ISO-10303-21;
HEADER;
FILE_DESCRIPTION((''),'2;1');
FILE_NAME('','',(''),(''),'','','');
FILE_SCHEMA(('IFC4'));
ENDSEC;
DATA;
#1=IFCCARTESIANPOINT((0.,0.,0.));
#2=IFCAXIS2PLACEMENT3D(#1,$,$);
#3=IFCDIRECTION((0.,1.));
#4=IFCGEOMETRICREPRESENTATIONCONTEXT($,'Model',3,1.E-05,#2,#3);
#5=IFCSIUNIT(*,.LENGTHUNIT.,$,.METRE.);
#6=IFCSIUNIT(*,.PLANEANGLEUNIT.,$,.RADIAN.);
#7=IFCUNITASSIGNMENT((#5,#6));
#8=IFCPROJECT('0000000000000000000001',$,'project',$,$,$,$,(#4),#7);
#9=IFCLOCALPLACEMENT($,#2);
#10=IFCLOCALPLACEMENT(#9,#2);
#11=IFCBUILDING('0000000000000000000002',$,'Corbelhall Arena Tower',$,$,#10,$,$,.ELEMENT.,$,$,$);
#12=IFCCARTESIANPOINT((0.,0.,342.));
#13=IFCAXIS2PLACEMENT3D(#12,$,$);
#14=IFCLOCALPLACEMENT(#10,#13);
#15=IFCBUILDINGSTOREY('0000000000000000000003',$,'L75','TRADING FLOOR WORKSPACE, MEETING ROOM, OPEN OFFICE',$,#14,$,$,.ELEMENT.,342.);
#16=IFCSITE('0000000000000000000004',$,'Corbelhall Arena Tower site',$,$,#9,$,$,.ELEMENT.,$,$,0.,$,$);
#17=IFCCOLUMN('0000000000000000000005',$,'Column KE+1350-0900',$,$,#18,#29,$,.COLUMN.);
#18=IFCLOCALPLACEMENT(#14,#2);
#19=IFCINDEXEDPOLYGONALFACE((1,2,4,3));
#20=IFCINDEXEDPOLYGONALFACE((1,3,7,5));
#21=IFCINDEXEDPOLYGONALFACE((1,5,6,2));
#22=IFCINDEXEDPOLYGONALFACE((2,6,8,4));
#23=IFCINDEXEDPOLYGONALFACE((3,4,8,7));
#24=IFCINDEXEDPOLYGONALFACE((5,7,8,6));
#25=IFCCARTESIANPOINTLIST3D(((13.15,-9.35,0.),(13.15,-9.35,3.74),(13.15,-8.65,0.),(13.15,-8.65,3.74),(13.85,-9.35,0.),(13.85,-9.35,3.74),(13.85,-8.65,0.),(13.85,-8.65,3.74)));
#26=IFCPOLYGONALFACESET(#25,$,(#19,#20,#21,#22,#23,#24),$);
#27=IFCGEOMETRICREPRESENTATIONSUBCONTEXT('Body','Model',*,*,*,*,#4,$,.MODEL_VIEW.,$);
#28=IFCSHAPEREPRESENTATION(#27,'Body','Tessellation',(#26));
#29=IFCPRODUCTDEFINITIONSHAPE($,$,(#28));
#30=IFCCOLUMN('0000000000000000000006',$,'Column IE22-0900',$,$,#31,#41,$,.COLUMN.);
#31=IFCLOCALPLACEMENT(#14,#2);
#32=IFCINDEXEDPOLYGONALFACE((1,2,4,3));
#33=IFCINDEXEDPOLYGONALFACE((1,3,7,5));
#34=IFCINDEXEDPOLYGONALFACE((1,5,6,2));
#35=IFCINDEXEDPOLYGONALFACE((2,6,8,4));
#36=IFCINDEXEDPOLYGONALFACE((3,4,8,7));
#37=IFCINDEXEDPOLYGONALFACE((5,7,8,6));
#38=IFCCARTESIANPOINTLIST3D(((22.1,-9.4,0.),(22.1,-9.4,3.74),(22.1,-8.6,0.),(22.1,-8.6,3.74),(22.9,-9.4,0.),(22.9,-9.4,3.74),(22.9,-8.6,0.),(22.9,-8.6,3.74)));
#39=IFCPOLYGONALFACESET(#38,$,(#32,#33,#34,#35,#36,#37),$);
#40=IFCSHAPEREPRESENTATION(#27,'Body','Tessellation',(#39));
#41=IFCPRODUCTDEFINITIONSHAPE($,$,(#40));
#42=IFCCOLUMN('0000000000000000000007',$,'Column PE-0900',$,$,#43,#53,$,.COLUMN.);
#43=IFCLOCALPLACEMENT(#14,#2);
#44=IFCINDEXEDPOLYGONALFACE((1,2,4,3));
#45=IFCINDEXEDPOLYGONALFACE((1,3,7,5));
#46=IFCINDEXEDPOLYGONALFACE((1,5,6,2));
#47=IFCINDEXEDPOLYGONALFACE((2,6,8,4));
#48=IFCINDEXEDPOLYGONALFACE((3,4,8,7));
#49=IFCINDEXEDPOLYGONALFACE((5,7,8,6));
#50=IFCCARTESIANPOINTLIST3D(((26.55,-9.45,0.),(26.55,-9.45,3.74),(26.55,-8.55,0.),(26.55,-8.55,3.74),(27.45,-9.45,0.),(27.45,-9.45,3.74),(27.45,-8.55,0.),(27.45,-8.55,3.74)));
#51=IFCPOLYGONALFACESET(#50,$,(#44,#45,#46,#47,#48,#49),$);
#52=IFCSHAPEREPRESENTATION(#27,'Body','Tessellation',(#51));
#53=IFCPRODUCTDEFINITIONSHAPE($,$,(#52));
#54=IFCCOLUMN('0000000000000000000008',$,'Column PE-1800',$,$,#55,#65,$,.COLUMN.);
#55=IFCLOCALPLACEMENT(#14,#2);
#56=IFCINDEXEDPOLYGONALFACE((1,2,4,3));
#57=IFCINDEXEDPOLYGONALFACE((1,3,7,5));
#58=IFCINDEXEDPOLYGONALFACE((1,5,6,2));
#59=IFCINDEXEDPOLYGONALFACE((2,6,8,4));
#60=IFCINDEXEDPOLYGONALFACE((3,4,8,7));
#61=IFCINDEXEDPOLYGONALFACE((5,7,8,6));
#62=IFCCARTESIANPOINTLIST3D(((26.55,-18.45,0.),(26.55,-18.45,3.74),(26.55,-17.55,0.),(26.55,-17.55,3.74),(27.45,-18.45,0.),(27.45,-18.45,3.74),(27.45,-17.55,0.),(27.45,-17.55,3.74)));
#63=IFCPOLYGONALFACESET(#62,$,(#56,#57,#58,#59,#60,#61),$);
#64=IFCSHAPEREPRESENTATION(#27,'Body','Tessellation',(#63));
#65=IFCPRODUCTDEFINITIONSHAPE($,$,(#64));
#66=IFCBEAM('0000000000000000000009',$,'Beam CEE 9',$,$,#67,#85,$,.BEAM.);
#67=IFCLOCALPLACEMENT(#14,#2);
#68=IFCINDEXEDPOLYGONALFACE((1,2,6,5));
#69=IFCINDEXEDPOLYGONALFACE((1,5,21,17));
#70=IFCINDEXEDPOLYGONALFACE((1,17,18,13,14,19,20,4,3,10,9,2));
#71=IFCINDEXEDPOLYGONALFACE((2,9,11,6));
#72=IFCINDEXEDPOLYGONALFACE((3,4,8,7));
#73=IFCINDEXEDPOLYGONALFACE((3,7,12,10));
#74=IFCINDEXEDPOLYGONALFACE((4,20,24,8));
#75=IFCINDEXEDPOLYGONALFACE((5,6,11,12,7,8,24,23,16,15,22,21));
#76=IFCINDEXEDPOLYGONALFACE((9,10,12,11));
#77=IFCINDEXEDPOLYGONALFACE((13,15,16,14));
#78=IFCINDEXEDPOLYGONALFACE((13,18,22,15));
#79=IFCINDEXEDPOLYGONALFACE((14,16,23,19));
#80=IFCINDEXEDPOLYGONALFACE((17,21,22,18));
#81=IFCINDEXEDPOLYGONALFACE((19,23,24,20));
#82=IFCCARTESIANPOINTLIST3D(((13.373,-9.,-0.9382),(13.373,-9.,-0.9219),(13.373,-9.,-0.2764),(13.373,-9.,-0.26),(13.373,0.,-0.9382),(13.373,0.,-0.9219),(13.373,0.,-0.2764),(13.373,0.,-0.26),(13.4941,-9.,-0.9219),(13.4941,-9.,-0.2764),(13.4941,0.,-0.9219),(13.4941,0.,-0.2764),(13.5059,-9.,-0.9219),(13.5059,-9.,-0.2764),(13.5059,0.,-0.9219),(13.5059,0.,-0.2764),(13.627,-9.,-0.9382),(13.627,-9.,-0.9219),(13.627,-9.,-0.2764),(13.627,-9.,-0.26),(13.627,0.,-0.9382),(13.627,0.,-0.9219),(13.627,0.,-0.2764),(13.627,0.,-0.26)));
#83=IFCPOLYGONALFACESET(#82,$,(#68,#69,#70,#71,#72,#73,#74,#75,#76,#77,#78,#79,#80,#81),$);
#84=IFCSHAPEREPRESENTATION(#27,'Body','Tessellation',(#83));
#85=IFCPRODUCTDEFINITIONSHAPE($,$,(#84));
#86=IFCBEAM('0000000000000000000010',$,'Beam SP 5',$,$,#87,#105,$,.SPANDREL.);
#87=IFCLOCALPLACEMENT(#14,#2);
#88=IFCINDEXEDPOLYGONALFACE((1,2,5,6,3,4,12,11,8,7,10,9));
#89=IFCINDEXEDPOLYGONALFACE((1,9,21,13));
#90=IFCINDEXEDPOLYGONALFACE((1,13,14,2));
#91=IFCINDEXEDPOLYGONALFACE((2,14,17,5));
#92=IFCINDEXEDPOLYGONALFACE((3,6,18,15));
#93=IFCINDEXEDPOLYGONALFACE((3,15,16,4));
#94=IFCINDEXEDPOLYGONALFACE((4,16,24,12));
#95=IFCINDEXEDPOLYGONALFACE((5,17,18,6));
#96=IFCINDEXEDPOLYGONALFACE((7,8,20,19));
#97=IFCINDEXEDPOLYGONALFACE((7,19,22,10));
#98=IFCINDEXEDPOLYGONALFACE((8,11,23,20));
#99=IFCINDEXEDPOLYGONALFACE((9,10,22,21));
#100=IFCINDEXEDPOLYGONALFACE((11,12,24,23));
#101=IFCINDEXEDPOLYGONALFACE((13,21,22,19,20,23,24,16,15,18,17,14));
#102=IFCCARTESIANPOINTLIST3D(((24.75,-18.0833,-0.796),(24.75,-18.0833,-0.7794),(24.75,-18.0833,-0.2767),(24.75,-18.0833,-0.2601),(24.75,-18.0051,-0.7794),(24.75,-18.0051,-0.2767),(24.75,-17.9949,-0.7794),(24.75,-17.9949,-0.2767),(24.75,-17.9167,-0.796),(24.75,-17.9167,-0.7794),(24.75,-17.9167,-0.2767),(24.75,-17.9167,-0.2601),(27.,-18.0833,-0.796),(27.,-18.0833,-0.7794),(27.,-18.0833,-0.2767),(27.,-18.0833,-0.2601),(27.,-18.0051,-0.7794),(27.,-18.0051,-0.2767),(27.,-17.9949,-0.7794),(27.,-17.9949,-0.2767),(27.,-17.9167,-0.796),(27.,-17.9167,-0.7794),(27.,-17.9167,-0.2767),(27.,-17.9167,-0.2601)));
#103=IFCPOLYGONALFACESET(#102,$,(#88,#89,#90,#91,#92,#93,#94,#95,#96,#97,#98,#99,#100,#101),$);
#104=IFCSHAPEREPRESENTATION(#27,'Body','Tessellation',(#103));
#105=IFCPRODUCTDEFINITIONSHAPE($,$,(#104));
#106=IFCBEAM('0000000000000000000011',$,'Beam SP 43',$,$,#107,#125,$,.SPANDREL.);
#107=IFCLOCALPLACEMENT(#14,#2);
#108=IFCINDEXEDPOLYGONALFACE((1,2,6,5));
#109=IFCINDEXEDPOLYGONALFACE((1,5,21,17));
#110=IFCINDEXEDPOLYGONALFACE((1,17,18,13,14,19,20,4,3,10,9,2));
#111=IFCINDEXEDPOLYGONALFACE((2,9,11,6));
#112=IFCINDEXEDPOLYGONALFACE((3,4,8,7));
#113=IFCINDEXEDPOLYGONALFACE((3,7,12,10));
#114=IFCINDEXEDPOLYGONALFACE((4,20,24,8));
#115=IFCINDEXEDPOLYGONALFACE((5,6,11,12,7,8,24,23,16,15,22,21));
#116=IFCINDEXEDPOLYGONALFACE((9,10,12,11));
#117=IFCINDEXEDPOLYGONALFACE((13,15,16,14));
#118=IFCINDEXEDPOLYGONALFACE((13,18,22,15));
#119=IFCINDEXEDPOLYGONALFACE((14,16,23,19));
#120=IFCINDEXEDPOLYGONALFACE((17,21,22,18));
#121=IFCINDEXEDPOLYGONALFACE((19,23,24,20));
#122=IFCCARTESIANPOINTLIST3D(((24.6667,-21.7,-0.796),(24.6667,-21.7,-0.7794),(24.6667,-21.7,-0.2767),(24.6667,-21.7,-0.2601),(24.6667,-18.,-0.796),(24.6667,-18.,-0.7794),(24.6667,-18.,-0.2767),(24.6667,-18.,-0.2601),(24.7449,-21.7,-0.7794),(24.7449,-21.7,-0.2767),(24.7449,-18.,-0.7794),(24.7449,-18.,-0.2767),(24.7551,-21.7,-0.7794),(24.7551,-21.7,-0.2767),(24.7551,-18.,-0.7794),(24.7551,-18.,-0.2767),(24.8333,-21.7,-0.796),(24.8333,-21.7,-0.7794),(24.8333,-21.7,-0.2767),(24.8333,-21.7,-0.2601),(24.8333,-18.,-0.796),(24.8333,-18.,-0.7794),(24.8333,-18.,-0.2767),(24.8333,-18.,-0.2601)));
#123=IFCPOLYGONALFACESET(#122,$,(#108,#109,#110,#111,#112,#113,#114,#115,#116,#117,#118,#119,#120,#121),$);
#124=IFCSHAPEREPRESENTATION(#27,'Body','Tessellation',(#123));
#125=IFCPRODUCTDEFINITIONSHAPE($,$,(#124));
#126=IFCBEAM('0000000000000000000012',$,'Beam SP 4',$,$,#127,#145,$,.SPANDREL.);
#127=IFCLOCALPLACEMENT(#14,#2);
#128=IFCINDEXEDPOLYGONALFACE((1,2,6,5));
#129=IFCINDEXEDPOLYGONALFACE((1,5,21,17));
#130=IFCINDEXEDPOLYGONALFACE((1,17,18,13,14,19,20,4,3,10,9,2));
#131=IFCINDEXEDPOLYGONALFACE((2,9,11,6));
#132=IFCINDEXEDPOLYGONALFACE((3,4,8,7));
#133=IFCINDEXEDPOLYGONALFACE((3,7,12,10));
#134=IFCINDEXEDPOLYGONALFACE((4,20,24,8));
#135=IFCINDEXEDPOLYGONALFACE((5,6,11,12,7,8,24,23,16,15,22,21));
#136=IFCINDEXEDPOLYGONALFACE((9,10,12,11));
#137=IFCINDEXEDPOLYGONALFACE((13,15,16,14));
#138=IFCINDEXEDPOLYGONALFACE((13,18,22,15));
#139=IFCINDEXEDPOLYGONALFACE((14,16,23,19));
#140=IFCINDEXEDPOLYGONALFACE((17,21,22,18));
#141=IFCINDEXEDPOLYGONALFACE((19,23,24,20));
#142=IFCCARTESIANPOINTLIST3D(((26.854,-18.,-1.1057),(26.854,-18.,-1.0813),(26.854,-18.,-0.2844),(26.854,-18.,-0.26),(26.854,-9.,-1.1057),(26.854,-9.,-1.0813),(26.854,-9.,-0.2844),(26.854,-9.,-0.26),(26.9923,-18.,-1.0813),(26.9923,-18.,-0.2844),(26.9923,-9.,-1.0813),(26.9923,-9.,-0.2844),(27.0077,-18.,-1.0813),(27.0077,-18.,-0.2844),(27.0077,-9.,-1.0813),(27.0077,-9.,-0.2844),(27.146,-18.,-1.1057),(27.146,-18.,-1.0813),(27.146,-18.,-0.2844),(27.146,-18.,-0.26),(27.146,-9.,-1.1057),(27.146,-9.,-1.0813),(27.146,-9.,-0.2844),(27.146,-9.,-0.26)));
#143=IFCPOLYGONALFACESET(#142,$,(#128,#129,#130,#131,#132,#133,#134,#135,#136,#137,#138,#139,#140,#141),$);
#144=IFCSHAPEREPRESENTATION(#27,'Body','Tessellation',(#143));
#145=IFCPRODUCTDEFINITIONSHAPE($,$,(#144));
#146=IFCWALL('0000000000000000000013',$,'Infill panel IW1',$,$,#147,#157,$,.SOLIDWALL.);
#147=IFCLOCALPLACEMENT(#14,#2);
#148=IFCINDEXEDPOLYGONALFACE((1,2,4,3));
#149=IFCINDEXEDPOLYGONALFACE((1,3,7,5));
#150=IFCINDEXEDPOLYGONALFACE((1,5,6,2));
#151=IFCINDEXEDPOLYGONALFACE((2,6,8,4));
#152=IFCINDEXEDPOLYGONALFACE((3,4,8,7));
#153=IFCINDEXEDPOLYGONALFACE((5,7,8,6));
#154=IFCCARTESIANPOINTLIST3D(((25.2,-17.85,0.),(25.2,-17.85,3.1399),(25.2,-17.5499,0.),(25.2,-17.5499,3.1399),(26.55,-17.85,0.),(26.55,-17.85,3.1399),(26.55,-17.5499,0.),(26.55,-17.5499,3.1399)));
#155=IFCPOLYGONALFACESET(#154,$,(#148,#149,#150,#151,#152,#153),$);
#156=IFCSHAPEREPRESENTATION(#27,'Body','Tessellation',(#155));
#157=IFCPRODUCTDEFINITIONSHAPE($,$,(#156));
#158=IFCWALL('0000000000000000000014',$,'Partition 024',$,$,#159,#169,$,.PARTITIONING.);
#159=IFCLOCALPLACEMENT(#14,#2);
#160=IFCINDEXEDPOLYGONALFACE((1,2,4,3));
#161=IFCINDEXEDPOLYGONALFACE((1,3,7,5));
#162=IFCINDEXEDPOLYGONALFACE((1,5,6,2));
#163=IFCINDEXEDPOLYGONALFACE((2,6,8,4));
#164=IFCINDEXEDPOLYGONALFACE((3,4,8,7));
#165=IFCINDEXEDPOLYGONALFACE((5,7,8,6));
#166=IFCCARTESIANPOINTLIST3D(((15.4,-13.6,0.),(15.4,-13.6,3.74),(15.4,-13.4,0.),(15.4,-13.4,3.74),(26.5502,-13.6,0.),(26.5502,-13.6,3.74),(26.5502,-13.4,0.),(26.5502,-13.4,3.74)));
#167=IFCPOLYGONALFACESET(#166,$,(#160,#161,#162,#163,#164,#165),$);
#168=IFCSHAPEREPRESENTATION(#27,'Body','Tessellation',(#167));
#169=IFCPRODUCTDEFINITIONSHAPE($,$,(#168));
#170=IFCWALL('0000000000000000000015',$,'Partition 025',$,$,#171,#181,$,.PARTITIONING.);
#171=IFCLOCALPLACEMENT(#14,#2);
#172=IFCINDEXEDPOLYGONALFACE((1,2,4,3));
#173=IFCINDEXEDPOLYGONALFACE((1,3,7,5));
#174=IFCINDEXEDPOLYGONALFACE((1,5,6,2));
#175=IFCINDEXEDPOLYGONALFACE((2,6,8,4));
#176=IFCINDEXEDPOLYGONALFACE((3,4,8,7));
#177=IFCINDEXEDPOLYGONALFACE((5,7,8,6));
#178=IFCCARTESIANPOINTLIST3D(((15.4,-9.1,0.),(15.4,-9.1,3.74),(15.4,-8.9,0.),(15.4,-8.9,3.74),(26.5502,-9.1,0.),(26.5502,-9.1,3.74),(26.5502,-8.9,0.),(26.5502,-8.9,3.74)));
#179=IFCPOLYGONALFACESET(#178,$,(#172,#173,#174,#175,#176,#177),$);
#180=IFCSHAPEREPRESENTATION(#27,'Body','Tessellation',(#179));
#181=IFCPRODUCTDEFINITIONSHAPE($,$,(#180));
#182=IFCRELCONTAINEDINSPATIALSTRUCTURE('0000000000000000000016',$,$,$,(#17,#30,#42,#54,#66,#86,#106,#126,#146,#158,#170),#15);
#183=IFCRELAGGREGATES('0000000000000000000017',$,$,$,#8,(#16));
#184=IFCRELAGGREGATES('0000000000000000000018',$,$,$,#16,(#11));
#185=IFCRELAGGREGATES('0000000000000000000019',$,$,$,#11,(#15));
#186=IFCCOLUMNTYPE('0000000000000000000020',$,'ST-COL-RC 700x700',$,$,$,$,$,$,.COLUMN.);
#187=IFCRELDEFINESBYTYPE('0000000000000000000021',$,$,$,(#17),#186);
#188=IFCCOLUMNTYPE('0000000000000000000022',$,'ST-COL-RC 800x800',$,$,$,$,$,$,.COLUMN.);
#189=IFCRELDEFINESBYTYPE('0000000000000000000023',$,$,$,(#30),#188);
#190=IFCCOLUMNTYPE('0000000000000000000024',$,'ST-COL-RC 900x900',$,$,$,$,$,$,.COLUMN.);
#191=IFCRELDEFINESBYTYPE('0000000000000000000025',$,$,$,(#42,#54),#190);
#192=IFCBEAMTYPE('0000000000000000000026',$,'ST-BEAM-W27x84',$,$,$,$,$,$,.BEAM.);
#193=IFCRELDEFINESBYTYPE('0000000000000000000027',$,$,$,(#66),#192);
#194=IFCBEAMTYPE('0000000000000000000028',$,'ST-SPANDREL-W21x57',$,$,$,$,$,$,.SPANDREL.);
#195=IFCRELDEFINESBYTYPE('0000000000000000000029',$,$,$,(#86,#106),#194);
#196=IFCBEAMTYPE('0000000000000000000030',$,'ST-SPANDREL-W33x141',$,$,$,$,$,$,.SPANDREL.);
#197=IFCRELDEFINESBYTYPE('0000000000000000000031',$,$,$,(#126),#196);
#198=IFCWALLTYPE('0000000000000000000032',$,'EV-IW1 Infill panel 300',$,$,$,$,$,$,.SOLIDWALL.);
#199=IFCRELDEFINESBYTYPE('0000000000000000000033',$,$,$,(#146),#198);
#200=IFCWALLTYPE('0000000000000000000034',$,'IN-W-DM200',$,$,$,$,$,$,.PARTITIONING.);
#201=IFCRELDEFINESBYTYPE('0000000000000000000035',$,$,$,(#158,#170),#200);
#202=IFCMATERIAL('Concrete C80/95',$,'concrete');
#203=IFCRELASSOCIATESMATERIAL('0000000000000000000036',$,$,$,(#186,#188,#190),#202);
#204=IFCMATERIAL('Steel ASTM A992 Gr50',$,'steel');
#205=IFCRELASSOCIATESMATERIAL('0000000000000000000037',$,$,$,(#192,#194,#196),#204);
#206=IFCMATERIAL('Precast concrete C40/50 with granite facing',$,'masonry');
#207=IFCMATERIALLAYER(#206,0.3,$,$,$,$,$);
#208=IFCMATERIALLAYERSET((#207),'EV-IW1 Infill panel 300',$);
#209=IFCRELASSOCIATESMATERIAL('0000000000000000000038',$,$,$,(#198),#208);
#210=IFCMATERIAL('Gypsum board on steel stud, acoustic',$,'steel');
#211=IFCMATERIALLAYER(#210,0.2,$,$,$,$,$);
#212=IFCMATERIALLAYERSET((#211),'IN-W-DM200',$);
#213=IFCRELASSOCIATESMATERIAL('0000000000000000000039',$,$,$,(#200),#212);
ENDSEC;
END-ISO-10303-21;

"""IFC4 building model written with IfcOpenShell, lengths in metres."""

from ifc_helpers import new_model, si_unit, direction, frame, frame_2d, origin, origin_2d, place, context, subcontext, project, spatial, rectangle, i_section, extrude, material, layer, layer_set, material_profile, profile_set, type_object, element, save


model = new_model("IFC4")

# Units and contexts
model_context = context("Model", 3, precision=1e-05, world=origin(), true_north=direction((0.0, 1.0)))
body_context = subcontext(model_context, "Body", "Model", "MODEL_VIEW")
ifc_project = project(units=[si_unit("LENGTHUNIT", "METRE"), si_unit("PLANEANGLEUNIT", "RADIAN")], contexts=[model_context])

# Site, building, storey
site_placement = place(None, origin())
site = spatial("IfcSite", under=ifc_project, at=site_placement, Name="Corbelhall Arena Tower site", CompositionType="ELEMENT", RefElevation=0.0)
building_placement = place(site_placement, origin())
building = spatial("IfcBuilding", under=site, at=building_placement, Name="Corbelhall Arena Tower", CompositionType="ELEMENT")
storey_placement = place(building_placement, frame((0.0, 0.0, 342.0)))
storey = spatial("IfcBuildingStorey", under=building, at=storey_placement, Name="L75", Description="TRADING FLOOR WORKSPACE, MEETING ROOM, OPEN OFFICE", CompositionType="ELEMENT", Elevation=342.0)

# Columns
ifc_material_1 = material(Name="Concrete C80/95", Category="concrete")
ifc_material_profile_1 = material_profile(ifc_material_1, rectangle(XDim=0.7, YDim=0.7, at=origin_2d()))
ifc_profile_set_1 = profile_set([ifc_material_profile_1], Name="Concrete C80/95")
column_type_1 = type_object("IfcColumnType", Name="ST-COL-RC 700x700", PredefinedType="COLUMN", material=ifc_profile_set_1)
column_1_placement = place(storey_placement, frame((13.5, -9.0, 0.0), z_axis=(0.0, 0.0, 1.0), x_axis=(1.0, 0.0, 0.0)))
element("IfcColumn", 1, at=column_1_placement, inside=storey, type_object=column_type_1, Name="Column KE+1350-0900", PredefinedType="COLUMN", context=body_context, shape_type="SweptSolid", body=[
    extrude(rectangle(XDim=0.7, YDim=0.7, at=origin_2d()), origin(), (0.0, 0.0, 1.0), 3.74),
])
ifc_material_profile_2 = material_profile(ifc_material_1, rectangle(XDim=0.8, YDim=0.8, at=origin_2d()))
ifc_profile_set_2 = profile_set([ifc_material_profile_2], Name="Concrete C80/95")
column_type_2 = type_object("IfcColumnType", Name="ST-COL-RC 800x800", PredefinedType="COLUMN", material=ifc_profile_set_2)
column_2_placement = place(storey_placement, frame((22.5, -9.0, 0.0), z_axis=(0.0, 0.0, 1.0), x_axis=(1.0, 0.0, 0.0)))
element("IfcColumn", 2, at=column_2_placement, inside=storey, type_object=column_type_2, Name="Column IE22-0900", PredefinedType="COLUMN", context=body_context, shape_type="SweptSolid", body=[
    extrude(rectangle(XDim=0.8, YDim=0.8, at=origin_2d()), origin(), (0.0, 0.0, 1.0), 3.74),
])
ifc_material_profile_3 = material_profile(ifc_material_1, rectangle(XDim=0.8999, YDim=0.8999, at=origin_2d()))
ifc_profile_set_3 = profile_set([ifc_material_profile_3], Name="Concrete C80/95")
column_type_3 = type_object("IfcColumnType", Name="ST-COL-RC 900x900", PredefinedType="COLUMN", material=ifc_profile_set_3)
for number, where, z_axis, x_axis, name in (
    (3, (27.0, -9.0, 0.0), (0.0, 0.0, 1.0), (0.0, 1.0, 0.0), "Column PE-0900"),
    (4, (27.0, -18.0, 0.0), (0.0, 0.0, 1.0), (0.0, 1.0, 0.0), "Column PE-1800"),
):
    element("IfcColumn", number, at=place(storey_placement, frame(where, z_axis=z_axis, x_axis=x_axis)), inside=storey, type_object=column_type_3, Name=name, PredefinedType="COLUMN", context=body_context, shape_type="SweptSolid", body=[
        extrude(rectangle(XDim=0.8999, YDim=0.8999, at=origin_2d()), origin(), (0.0, 0.0, 1.0), 3.74),
    ])

# Beams
ifc_material_2 = material(Name="Steel ASTM A992 Gr50", Category="steel")
ifc_material_profile_4 = material_profile(ifc_material_2, i_section(OverallWidth=0.2539, OverallDepth=0.6782, WebThickness=0.0117, FlangeThickness=0.0164, at=origin_2d()))
ifc_profile_set_4 = profile_set([ifc_material_profile_4], Name="Steel ASTM A992 Gr50")
beam_type_1 = type_object("IfcBeamType", Name="ST-BEAM-W27x84", PredefinedType="BEAM", material=ifc_profile_set_4)
beam_1_placement = place(storey_placement, frame((13.5, -9.0, -0.5991), z_axis=(0.0, 1.0, 0.0), x_axis=(-1.0, 0.0, 0.0)))
element("IfcBeam", 5, at=beam_1_placement, inside=storey, type_object=beam_type_1, Name="Beam CEE 9", PredefinedType="BEAM", context=body_context, shape_type="SweptSolid", body=[
    extrude(i_section(OverallWidth=0.2539, OverallDepth=0.6782, WebThickness=0.0117, FlangeThickness=0.0164, at=origin_2d()), origin(), (0.0, 0.0, 1.0), 9.0),
])
ifc_material_profile_5 = material_profile(ifc_material_2, i_section(OverallWidth=0.1665, OverallDepth=0.5359, WebThickness=0.0103, FlangeThickness=0.0166, at=origin_2d()))
ifc_profile_set_5 = profile_set([ifc_material_profile_5], Name="Steel ASTM A992 Gr50")
beam_type_2 = type_object("IfcBeamType", Name="ST-SPANDREL-W21x57", PredefinedType="SPANDREL", material=ifc_profile_set_5)
beam_2_placement = place(storey_placement, frame((27.0, -18.0, -0.5281), z_axis=(-1.0, 0.0, 0.0), x_axis=(0.0, -1.0, 0.0)))
element("IfcBeam", 6, at=beam_2_placement, inside=storey, type_object=beam_type_2, Name="Beam SP 5", PredefinedType="SPANDREL", context=body_context, shape_type="SweptSolid", body=[
    extrude(i_section(OverallWidth=0.1665, OverallDepth=0.5359, WebThickness=0.0103, FlangeThickness=0.0166, at=origin_2d()), origin(), (0.0, 0.0, 1.0), 2.25),
])
beam_3_placement = place(storey_placement, frame((24.75, -18.0, -0.5281), z_axis=(0.0, -1.0, 0.0), x_axis=(1.0, 0.0, 0.0)))
element("IfcBeam", 7, at=beam_3_placement, inside=storey, type_object=beam_type_2, Name="Beam SP 43", PredefinedType="SPANDREL", context=body_context, shape_type="SweptSolid", body=[
    extrude(i_section(OverallWidth=0.1665, OverallDepth=0.5359, WebThickness=0.0103, FlangeThickness=0.0166, at=origin_2d()), origin(), (0.0, 0.0, 1.0), 3.7),
])
ifc_material_profile_6 = material_profile(ifc_material_2, i_section(OverallWidth=0.292, OverallDepth=0.8457, WebThickness=0.0154, FlangeThickness=0.0244, at=origin_2d()))
ifc_profile_set_6 = profile_set([ifc_material_profile_6], Name="Steel ASTM A992 Gr50")
beam_type_3 = type_object("IfcBeamType", Name="ST-SPANDREL-W33x141", PredefinedType="SPANDREL", material=ifc_profile_set_6)
beam_4_placement = place(storey_placement, frame((27.0, -9.0, -0.6829), z_axis=(0.0, -1.0, 0.0), x_axis=(1.0, 0.0, 0.0)))
element("IfcBeam", 8, at=beam_4_placement, inside=storey, type_object=beam_type_3, Name="Beam SP 4", PredefinedType="SPANDREL", context=body_context, shape_type="SweptSolid", body=[
    extrude(i_section(OverallWidth=0.292, OverallDepth=0.8457, WebThickness=0.0154, FlangeThickness=0.0244, at=origin_2d()), origin(), (0.0, 0.0, 1.0), 9.0),
])

# Wall
ifc_material_3 = material(Name="Precast concrete C40/50 with granite facing", Category="masonry")
ifc_layer_1 = layer(ifc_material_3, 0.3)
ifc_layer_set_1 = layer_set([ifc_layer_1], Name="EV-IW1 Infill panel 300")
wall_type_1 = type_object("IfcWallType", Name="EV-IW1 Infill panel 300", PredefinedType="SOLIDWALL", material=ifc_layer_set_1)
wall_1_placement = place(storey_placement, frame((25.2, -17.7, 0.0), z_axis=(0.0, 0.0, 1.0), x_axis=(1.0, 0.0, 0.0)))
element("IfcWall", 9, at=wall_1_placement, inside=storey, type_object=wall_type_1, Name="Infill panel IW1", PredefinedType="SOLIDWALL", context=body_context, shape_type="SweptSolid", body=[
    extrude(rectangle(XDim=1.3501, YDim=0.3, at=frame_2d((0.675, 0.0))), origin(), (0.0, 0.0, 1.0), 3.1399),
])

# Walls
ifc_material_4 = material(Name="Gypsum board on steel stud, acoustic", Category="steel")
ifc_layer_2 = layer(ifc_material_4, 0.2)
ifc_layer_set_2 = layer_set([ifc_layer_2], Name="IN-W-DM200")
wall_type_2 = type_object("IfcWallType", Name="IN-W-DM200", PredefinedType="PARTITIONING", material=ifc_layer_set_2)
for number, where, z_axis, x_axis, name in (
    (10, (15.3999, -13.5, 0.0), (0.0, 0.0, 1.0), (1.0, 0.0, 0.0), "Partition 024"),
    (11, (15.3999, -9.0, 0.0), (0.0, 0.0, 1.0), (1.0, 0.0, 0.0), "Partition 025"),
):
    element("IfcWall", number, at=place(storey_placement, frame(where, z_axis=z_axis, x_axis=x_axis)), inside=storey, type_object=wall_type_2, Name=name, PredefinedType="PARTITIONING", context=body_context, shape_type="SweptSolid", body=[
        extrude(rectangle(XDim=11.1501, YDim=0.2, at=frame_2d((5.5752, 0.0))), origin(), (0.0, 0.0, 1.0), 3.74),
    ])

save(model, "model.ifc")
